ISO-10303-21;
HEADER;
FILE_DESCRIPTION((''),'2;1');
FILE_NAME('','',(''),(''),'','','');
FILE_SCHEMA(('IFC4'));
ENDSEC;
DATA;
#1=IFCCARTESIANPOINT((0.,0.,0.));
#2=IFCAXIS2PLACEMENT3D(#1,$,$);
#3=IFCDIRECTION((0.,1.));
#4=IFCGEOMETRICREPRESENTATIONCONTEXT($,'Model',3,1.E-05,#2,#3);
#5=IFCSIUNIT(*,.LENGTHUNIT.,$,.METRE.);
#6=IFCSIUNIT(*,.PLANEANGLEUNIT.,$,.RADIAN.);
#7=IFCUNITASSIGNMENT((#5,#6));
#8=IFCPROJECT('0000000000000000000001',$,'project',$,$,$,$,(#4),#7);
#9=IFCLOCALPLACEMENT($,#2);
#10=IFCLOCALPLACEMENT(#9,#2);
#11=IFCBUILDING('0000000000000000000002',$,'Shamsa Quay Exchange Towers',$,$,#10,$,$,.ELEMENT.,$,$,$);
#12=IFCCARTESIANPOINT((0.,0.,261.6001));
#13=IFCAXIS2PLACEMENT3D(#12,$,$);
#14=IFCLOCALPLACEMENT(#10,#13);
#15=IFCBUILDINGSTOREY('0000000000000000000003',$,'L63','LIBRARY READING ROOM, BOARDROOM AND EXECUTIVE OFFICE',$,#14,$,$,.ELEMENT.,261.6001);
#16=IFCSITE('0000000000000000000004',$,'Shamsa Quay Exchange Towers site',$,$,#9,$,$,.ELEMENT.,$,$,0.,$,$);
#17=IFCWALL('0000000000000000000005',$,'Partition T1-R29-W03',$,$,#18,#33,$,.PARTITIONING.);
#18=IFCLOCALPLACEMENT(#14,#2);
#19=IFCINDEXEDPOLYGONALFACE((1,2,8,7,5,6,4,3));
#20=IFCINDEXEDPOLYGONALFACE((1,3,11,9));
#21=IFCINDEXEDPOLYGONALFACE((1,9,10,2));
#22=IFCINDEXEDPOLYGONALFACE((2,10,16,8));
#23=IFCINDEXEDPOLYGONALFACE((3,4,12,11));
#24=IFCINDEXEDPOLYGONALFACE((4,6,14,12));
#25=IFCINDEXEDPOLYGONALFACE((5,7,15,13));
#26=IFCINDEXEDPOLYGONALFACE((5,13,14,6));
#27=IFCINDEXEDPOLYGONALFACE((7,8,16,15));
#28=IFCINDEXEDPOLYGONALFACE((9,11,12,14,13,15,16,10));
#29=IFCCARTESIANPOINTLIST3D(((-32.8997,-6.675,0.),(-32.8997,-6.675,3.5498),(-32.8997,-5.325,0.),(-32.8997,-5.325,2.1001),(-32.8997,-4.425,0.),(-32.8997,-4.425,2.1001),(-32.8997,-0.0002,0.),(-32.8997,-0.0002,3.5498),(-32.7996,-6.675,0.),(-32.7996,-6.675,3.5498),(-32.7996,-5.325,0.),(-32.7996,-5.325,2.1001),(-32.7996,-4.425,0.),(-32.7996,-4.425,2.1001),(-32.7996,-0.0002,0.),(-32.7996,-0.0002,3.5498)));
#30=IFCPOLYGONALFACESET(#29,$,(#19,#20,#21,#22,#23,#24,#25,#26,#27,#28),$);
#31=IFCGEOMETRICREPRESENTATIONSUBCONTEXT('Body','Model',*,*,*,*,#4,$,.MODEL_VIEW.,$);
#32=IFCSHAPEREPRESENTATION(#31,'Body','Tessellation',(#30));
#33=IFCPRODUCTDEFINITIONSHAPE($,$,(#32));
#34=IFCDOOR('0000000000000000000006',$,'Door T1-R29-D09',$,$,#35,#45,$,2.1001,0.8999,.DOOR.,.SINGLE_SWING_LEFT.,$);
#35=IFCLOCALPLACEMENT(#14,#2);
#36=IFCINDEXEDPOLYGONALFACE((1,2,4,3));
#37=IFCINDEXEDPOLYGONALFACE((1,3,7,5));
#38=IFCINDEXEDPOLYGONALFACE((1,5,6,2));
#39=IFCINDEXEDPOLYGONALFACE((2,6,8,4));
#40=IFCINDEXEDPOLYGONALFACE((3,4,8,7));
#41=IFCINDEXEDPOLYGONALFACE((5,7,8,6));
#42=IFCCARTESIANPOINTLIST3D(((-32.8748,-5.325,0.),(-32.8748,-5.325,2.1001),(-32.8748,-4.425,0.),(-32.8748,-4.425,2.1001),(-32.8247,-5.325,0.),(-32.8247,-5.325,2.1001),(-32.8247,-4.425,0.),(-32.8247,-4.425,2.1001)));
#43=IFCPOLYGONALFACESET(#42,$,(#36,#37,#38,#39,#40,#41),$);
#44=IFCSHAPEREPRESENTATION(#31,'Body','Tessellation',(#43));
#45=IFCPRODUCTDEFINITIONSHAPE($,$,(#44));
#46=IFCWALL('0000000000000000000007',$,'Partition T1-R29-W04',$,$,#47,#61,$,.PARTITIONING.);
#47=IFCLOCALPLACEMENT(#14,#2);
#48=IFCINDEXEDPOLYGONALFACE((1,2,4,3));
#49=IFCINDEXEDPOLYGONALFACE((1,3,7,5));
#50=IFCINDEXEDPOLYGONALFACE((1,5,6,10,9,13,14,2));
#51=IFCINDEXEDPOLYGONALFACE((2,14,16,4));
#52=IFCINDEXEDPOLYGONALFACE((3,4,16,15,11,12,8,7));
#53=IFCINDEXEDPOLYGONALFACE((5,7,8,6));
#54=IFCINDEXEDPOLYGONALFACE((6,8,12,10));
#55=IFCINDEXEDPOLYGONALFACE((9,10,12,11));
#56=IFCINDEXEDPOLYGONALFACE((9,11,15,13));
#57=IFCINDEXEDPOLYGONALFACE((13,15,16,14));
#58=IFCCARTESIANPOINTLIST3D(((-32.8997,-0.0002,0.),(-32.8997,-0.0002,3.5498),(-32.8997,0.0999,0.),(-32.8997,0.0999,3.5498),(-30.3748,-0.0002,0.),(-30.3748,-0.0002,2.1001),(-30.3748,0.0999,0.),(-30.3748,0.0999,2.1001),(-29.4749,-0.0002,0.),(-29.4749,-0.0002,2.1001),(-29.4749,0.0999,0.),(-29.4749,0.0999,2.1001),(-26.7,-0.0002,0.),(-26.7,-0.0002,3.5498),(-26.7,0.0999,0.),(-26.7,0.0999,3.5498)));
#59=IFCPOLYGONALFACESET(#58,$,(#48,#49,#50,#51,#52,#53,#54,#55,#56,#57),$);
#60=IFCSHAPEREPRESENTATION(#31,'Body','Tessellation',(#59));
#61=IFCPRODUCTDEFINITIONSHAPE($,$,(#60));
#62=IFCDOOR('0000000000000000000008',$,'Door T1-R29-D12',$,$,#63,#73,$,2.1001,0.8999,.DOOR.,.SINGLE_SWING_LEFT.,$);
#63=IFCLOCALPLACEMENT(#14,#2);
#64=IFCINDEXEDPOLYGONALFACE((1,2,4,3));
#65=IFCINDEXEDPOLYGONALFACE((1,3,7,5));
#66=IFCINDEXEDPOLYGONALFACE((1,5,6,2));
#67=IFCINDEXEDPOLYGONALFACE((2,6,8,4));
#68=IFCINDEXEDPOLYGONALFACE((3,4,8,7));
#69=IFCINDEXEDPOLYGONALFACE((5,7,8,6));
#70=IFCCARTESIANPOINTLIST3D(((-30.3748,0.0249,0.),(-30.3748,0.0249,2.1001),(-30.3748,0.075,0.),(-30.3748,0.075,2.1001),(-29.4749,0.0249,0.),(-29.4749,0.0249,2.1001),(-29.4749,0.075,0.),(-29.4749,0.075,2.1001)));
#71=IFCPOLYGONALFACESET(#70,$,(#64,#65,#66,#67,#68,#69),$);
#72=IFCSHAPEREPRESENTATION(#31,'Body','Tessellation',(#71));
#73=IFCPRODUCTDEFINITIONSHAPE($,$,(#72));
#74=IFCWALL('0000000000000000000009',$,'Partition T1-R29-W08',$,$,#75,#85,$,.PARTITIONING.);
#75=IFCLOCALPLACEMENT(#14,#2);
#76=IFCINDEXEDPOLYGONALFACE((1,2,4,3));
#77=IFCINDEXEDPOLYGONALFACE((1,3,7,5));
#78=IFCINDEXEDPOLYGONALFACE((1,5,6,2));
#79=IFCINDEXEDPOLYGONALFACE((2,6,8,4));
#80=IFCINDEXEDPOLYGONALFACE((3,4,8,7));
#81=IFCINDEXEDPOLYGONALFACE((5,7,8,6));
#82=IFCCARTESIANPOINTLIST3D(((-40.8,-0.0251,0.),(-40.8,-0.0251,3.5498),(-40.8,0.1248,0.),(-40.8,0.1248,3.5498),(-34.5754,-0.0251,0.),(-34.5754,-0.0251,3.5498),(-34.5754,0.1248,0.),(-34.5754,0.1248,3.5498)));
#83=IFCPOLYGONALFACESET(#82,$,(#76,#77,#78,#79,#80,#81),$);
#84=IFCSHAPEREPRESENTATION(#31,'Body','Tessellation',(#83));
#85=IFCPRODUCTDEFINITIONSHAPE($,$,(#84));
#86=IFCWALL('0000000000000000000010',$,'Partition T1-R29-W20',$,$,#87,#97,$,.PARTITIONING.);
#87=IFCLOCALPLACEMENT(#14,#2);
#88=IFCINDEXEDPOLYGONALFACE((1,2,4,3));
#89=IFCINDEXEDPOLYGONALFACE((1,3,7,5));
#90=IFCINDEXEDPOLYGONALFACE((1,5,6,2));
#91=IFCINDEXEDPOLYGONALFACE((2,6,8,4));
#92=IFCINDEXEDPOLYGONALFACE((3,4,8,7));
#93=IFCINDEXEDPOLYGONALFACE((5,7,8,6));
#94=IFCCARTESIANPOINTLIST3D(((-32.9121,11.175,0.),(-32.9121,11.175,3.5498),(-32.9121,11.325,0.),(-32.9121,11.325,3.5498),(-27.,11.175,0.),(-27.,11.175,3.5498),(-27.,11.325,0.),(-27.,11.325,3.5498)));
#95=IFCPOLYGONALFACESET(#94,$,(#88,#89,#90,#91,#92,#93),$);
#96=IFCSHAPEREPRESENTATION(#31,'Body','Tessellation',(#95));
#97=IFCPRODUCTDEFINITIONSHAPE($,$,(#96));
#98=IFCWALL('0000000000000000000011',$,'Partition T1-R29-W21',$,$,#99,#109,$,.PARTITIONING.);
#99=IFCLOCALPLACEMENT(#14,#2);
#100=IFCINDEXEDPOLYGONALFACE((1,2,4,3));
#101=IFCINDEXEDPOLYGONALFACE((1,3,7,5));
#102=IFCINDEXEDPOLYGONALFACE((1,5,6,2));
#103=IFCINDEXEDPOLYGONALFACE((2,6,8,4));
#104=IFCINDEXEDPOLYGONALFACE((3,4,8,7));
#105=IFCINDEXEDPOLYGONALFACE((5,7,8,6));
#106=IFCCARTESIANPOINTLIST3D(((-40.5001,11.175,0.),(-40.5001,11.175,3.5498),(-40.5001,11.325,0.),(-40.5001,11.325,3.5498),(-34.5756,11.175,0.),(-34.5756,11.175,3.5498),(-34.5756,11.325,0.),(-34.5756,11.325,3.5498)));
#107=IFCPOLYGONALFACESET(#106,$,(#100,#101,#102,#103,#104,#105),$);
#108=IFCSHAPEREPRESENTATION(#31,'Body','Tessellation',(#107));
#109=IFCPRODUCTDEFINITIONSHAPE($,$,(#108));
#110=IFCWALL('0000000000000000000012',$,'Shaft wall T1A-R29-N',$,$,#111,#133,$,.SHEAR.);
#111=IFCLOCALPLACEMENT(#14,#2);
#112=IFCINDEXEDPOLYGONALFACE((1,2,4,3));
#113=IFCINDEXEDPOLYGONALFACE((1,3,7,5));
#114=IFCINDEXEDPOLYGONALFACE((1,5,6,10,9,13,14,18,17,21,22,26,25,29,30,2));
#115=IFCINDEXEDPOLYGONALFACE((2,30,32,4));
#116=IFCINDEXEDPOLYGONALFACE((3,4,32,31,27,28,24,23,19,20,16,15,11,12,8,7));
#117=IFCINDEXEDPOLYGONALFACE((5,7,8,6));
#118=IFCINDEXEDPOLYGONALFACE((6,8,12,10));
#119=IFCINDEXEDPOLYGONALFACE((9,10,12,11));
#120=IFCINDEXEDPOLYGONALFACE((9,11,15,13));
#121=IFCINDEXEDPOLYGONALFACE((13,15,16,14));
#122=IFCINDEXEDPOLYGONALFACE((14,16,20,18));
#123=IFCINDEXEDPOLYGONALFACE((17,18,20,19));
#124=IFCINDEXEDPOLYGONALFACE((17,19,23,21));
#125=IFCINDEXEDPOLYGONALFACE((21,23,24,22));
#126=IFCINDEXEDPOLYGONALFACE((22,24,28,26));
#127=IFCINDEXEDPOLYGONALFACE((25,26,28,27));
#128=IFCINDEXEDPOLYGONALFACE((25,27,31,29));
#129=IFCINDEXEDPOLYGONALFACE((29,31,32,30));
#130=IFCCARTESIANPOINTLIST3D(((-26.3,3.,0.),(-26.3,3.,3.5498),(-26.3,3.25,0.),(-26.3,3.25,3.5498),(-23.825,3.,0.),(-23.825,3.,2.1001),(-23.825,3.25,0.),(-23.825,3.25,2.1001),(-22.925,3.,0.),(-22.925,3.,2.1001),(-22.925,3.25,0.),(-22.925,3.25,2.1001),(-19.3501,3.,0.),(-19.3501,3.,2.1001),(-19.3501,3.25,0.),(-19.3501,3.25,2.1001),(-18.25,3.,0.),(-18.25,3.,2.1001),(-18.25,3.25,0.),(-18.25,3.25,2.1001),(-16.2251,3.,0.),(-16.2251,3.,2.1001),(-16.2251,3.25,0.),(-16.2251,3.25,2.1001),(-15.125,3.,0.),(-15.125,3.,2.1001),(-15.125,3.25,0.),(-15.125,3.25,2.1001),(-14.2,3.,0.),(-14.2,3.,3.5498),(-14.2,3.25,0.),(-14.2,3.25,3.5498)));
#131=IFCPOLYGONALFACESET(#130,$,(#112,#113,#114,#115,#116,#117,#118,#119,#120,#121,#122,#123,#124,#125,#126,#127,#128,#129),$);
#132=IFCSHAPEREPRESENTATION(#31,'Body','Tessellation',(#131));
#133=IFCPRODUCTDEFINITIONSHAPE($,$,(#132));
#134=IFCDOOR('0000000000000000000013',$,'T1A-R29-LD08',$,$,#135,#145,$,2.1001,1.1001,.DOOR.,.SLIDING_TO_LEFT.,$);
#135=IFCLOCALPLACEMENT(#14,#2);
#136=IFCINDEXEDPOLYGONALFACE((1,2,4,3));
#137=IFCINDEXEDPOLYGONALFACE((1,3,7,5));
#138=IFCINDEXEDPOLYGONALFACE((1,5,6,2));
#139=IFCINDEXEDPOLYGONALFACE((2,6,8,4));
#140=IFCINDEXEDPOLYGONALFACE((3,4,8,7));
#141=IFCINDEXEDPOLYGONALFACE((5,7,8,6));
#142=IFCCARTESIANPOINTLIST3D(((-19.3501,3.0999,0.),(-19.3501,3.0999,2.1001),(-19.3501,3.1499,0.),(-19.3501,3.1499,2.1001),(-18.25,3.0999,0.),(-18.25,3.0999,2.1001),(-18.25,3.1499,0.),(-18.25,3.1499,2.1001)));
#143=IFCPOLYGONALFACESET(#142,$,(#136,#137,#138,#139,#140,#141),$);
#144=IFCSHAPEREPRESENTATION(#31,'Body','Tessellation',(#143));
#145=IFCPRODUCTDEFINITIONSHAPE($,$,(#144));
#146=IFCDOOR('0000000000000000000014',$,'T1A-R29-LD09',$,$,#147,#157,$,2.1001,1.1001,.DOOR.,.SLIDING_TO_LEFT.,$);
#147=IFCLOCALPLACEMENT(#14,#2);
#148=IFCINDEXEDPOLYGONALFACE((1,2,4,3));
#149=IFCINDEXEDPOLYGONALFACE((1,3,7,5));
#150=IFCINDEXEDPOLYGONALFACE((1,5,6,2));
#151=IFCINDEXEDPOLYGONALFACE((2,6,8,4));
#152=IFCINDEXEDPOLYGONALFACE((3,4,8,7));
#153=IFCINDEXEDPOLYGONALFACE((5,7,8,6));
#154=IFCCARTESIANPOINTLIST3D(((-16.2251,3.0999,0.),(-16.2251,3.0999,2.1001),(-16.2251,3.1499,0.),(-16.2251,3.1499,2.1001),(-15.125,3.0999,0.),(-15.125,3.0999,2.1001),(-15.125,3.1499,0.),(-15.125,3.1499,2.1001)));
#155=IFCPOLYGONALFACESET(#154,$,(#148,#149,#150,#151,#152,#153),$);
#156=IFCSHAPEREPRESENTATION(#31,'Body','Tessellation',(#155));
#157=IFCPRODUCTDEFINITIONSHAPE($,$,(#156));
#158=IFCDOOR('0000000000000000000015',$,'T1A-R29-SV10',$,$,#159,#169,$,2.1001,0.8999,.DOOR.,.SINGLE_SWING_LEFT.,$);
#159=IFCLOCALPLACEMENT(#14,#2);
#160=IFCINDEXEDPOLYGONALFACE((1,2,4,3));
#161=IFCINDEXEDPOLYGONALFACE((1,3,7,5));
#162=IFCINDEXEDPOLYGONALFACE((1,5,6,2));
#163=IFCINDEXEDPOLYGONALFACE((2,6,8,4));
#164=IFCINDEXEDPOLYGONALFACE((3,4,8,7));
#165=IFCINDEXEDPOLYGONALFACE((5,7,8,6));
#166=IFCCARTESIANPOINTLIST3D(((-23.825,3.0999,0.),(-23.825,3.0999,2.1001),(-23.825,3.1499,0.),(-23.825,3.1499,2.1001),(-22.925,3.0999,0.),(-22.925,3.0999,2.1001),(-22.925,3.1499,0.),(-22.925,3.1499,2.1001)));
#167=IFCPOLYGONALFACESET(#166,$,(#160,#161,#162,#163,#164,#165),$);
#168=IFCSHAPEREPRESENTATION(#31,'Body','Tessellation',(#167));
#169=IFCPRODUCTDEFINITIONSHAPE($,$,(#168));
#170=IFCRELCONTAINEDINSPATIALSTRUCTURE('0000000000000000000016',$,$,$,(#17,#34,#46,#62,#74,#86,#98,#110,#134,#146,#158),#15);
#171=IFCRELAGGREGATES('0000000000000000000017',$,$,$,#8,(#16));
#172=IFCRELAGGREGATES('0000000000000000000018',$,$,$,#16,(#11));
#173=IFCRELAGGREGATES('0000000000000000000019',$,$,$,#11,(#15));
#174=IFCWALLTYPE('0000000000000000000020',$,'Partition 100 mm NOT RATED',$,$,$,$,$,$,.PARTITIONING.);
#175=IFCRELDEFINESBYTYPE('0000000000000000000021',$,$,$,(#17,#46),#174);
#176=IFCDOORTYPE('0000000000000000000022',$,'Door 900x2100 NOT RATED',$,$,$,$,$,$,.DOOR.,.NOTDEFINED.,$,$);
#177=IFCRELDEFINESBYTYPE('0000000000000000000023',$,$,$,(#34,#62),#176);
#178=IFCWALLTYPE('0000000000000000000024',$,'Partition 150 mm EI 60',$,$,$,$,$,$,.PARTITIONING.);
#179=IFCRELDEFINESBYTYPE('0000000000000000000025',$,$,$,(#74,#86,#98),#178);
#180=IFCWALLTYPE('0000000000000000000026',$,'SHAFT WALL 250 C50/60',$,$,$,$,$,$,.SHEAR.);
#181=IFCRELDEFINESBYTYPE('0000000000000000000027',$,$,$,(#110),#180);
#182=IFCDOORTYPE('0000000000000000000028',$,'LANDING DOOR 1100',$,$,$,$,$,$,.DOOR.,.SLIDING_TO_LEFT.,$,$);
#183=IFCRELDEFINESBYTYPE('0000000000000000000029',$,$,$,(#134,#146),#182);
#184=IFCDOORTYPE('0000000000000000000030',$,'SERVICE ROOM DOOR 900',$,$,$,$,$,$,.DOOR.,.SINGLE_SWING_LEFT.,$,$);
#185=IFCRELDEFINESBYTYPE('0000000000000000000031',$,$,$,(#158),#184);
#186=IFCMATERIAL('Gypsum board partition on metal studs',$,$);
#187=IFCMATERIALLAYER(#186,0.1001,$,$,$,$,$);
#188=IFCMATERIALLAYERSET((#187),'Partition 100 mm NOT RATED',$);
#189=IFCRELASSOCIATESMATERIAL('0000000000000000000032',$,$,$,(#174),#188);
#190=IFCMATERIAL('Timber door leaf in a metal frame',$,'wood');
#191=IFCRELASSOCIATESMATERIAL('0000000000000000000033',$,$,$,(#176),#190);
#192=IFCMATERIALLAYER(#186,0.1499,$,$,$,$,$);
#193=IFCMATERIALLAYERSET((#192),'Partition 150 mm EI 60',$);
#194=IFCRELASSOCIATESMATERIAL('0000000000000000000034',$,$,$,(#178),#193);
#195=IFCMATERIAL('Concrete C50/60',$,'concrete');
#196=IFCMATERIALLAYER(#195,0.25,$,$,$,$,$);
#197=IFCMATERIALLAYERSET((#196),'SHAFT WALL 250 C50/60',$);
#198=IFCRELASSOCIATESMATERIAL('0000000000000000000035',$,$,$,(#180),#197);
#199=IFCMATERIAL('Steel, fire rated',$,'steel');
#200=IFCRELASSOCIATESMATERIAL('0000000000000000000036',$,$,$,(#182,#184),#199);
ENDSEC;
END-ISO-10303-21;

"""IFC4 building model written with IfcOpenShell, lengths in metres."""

from ifc_helpers import new_model, si_unit, direction, frame, frame_2d, origin, place, context, subcontext, project, spatial, rectangle, extrude, material, layer, layer_set, type_object, element, fill, save


model = new_model("IFC4")

# Units and contexts
model_context = context("Model", 3, precision=1e-05, world=origin(), true_north=direction((0.0, 1.0)))
body_context = subcontext(model_context, "Body", "Model", "MODEL_VIEW")
ifc_project = project(units=[si_unit("LENGTHUNIT", "METRE"), si_unit("PLANEANGLEUNIT", "RADIAN")], contexts=[model_context])

# Site, building, storey
site_placement = place(None, origin())
site = spatial("IfcSite", under=ifc_project, at=site_placement, Name="Shamsa Quay Exchange Towers site", CompositionType="ELEMENT", RefElevation=0.0)
building_placement = place(site_placement, origin())
building = spatial("IfcBuilding", under=site, at=building_placement, Name="Shamsa Quay Exchange Towers", CompositionType="ELEMENT")
storey_placement = place(building_placement, frame((0.0, 0.0, 261.6001)))
storey = spatial("IfcBuildingStorey", under=building, at=storey_placement, Name="L63", Description="LIBRARY READING ROOM, BOARDROOM AND EXECUTIVE OFFICE", CompositionType="ELEMENT", Elevation=261.6001)

# Shared definitions
ifc_material_1 = material(Name="Steel, fire rated", Category="steel")
ifc_material_2 = material(Name="Timber door leaf in a metal frame", Category="wood")

# Walls, openings, doors
ifc_material_3 = material(Name="Gypsum board partition on metal studs")
ifc_layer_1 = layer(ifc_material_3, 0.1001)
ifc_layer_set_1 = layer_set([ifc_layer_1], Name="Partition 100 mm NOT RATED")
wall_type_1 = type_object("IfcWallType", Name="Partition 100 mm NOT RATED", PredefinedType="PARTITIONING", material=ifc_layer_set_1)
wall_1_placement = place(storey_placement, frame((-32.8496, -0.0002, 0.0), z_axis=(0.0, 0.0, 1.0), x_axis=(0.0, -1.0, 0.0)))
wall_1 = element("IfcWall", 1, at=wall_1_placement, inside=storey, type_object=wall_type_1, Name="Partition T1-R29-W03", PredefinedType="PARTITIONING", context=body_context, shape_type="SweptSolid", body=[
    extrude(rectangle(XDim=6.6748, YDim=0.1001, at=frame_2d((3.3374, 0.0))), origin(), (0.0, 0.0, 1.0), 3.5498),
])
opening_1_placement = place(wall_1_placement, frame((4.4248, 0.0, 0.0)))
opening_1 = element("IfcOpeningElement", 2, at=opening_1_placement, cuts=wall_1, PredefinedType="OPENING", context=body_context, shape_type="SweptSolid", body=[
    extrude(rectangle(XDim=0.8999, YDim=2.1001, at=frame_2d((0.45, 1.05))), frame((0.0, 0.0601, 0.0), z_axis=(0.0, -1.0, 0.0), x_axis=(1.0, 0.0, 0.0)), (0.0, 0.0, 1.0), 0.1201),
])
door_type_1 = type_object("IfcDoorType", Name="Door 900x2100 NOT RATED", OperationType="NOTDEFINED", PredefinedType="DOOR", material=ifc_material_2)
door_1_placement = place(opening_1_placement, origin())
door_1 = element("IfcDoor", 3, at=door_1_placement, inside=storey, type_object=door_type_1, Name="Door T1-R29-D09", OperationType="SINGLE_SWING_LEFT", OverallHeight=2.1001, OverallWidth=0.8999, PredefinedType="DOOR", context=body_context, shape_type="SweptSolid", body=[
    extrude(rectangle(XDim=0.8999, YDim=2.1001, at=frame_2d((0.45, 1.05))), frame((0.0, 0.0249, 0.0), z_axis=(0.0, -1.0, 0.0), x_axis=(1.0, 0.0, 0.0)), (0.0, 0.0, 1.0), 0.05),
])
fill(opening_1, door_1)
wall_2_placement = place(storey_placement, frame((-26.7, 0.0498, 0.0), z_axis=(0.0, 0.0, 1.0), x_axis=(-1.0, 0.0, 0.0)))
wall_2 = element("IfcWall", 4, at=wall_2_placement, inside=storey, type_object=wall_type_1, Name="Partition T1-R29-W04", PredefinedType="PARTITIONING", context=body_context, shape_type="SweptSolid", body=[
    extrude(rectangle(XDim=6.1997, YDim=0.1001, at=frame_2d((3.0999, 0.0))), origin(), (0.0, 0.0, 1.0), 3.5498),
])
opening_2_placement = place(wall_2_placement, frame((2.7749, 0.0, 0.0)))
opening_2 = element("IfcOpeningElement", 5, at=opening_2_placement, cuts=wall_2, PredefinedType="OPENING", context=body_context, shape_type="SweptSolid", body=[
    extrude(rectangle(XDim=0.8999, YDim=2.1001, at=frame_2d((0.45, 1.05))), frame((0.0, 0.0601, 0.0), z_axis=(0.0, -1.0, 0.0), x_axis=(1.0, 0.0, 0.0)), (0.0, 0.0, 1.0), 0.1201),
])
door_2_placement = place(opening_2_placement, origin())
door_2 = element("IfcDoor", 6, at=door_2_placement, inside=storey, type_object=door_type_1, Name="Door T1-R29-D12", OperationType="SINGLE_SWING_LEFT", OverallHeight=2.1001, OverallWidth=0.8999, PredefinedType="DOOR", context=body_context, shape_type="SweptSolid", body=[
    extrude(rectangle(XDim=0.8999, YDim=2.1001, at=frame_2d((0.45, 1.05))), frame((0.0, 0.0249, 0.0), z_axis=(0.0, -1.0, 0.0), x_axis=(1.0, 0.0, 0.0)), (0.0, 0.0, 1.0), 0.05),
])
fill(opening_2, door_2)

# Walls
ifc_layer_2 = layer(ifc_material_3, 0.1499)
ifc_layer_set_2 = layer_set([ifc_layer_2], Name="Partition 150 mm EI 60")
wall_type_2 = type_object("IfcWallType", Name="Partition 150 mm EI 60", PredefinedType="PARTITIONING", material=ifc_layer_set_2)
wall_3_placement = place(storey_placement, frame((-34.5754, 0.0498, 0.0), z_axis=(0.0, 0.0, 1.0), x_axis=(-1.0, 0.0, 0.0)))
element("IfcWall", 7, at=wall_3_placement, inside=storey, type_object=wall_type_2, Name="Partition T1-R29-W08", PredefinedType="PARTITIONING", context=body_context, shape_type="SweptSolid", body=[
    extrude(rectangle(XDim=6.2246, YDim=0.1499, at=frame_2d((3.1123, 0.0))), origin(), (0.0, 0.0, 1.0), 3.5498),
])
wall_4_placement = place(storey_placement, frame((-27.0, 11.25, 0.0), z_axis=(0.0, 0.0, 1.0), x_axis=(-1.0, 0.0, 0.0)))
element("IfcWall", 8, at=wall_4_placement, inside=storey, type_object=wall_type_2, Name="Partition T1-R29-W20", PredefinedType="PARTITIONING", context=body_context, shape_type="SweptSolid", body=[
    extrude(rectangle(XDim=5.9121, YDim=0.1499, at=frame_2d((2.9561, 0.0))), origin(), (0.0, 0.0, 1.0), 3.5498),
])
wall_5_placement = place(storey_placement, frame((-34.5754, 11.25, 0.0), z_axis=(0.0, 0.0, 1.0), x_axis=(-1.0, 0.0, 0.0)))
element("IfcWall", 9, at=wall_5_placement, inside=storey, type_object=wall_type_2, Name="Partition T1-R29-W21", PredefinedType="PARTITIONING", context=body_context, shape_type="SweptSolid", body=[
    extrude(rectangle(XDim=5.9246, YDim=0.1499, at=frame_2d((2.9624, 0.0))), origin(), (0.0, 0.0, 1.0), 3.5498),
])

# Wall, openings, doors
ifc_material_4 = material(Name="Concrete C50/60", Category="concrete")
ifc_layer_3 = layer(ifc_material_4, 0.25)
ifc_layer_set_3 = layer_set([ifc_layer_3], Name="SHAFT WALL 250 C50/60")
wall_type_3 = type_object("IfcWallType", Name="SHAFT WALL 250 C50/60", PredefinedType="SHEAR", material=ifc_layer_set_3)
wall_6_placement = place(storey_placement, frame((-26.3, 3.125, 0.0)))
wall_6 = element("IfcWall", 10, at=wall_6_placement, inside=storey, type_object=wall_type_3, Name="Shaft wall T1A-R29-N", PredefinedType="SHEAR", context=body_context, shape_type="SweptSolid", body=[
    extrude(rectangle(XDim=12.1001, YDim=0.25, at=frame_2d((6.05, 0.0))), origin(), (0.0, 0.0, 1.0), 3.5498),
])
opening_3_placement = place(wall_6_placement, frame((6.95, 0.0, 0.0)))
opening_3 = element("IfcOpeningElement", 11, at=opening_3_placement, cuts=wall_6, PredefinedType="OPENING", context=body_context, shape_type="SweptSolid", body=[
    extrude(rectangle(XDim=1.1001, YDim=2.1001, at=frame_2d((0.55, 1.05))), frame((0.0, 0.135, 0.0), z_axis=(0.0, -1.0, 0.0), x_axis=(1.0, 0.0, 0.0)), (0.0, 0.0, 1.0), 0.27),
])
opening_4_placement = place(wall_6_placement, frame((10.075, 0.0, 0.0)))
opening_4 = element("IfcOpeningElement", 12, at=opening_4_placement, cuts=wall_6, PredefinedType="OPENING", context=body_context, shape_type="SweptSolid", body=[
    extrude(rectangle(XDim=1.1001, YDim=2.1001, at=frame_2d((0.55, 1.05))), frame((0.0, 0.135, 0.0), z_axis=(0.0, -1.0, 0.0), x_axis=(1.0, 0.0, 0.0)), (0.0, 0.0, 1.0), 0.27),
])
opening_5_placement = place(wall_6_placement, frame((2.4751, 0.0, 0.0)))
opening_5 = element("IfcOpeningElement", 13, at=opening_5_placement, cuts=wall_6, PredefinedType="OPENING", context=body_context, shape_type="SweptSolid", body=[
    extrude(rectangle(XDim=0.8999, YDim=2.1001, at=frame_2d((0.45, 1.05))), frame((0.0, 0.135, 0.0), z_axis=(0.0, -1.0, 0.0), x_axis=(1.0, 0.0, 0.0)), (0.0, 0.0, 1.0), 0.27),
])
door_type_2 = type_object("IfcDoorType", Name="LANDING DOOR 1100", OperationType="SLIDING_TO_LEFT", PredefinedType="DOOR", material=ifc_material_1)
door_3_placement = place(opening_3_placement, origin())
door_3 = element("IfcDoor", 14, at=door_3_placement, inside=storey, type_object=door_type_2, Name="T1A-R29-LD08", OperationType="SLIDING_TO_LEFT", OverallHeight=2.1001, OverallWidth=1.1001, PredefinedType="DOOR", context=body_context, shape_type="SweptSolid", body=[
    extrude(rectangle(XDim=1.1001, YDim=2.1001, at=frame_2d((0.55, 1.05))), frame((0.0, 0.0249, 0.0), z_axis=(0.0, -1.0, 0.0), x_axis=(1.0, 0.0, 0.0)), (0.0, 0.0, 1.0), 0.05),
])
fill(opening_3, door_3)
door_4_placement = place(opening_4_placement, origin())
door_4 = element("IfcDoor", 15, at=door_4_placement, inside=storey, type_object=door_type_2, Name="T1A-R29-LD09", OperationType="SLIDING_TO_LEFT", OverallHeight=2.1001, OverallWidth=1.1001, PredefinedType="DOOR", context=body_context, shape_type="SweptSolid", body=[
    extrude(rectangle(XDim=1.1001, YDim=2.1001, at=frame_2d((0.55, 1.05))), frame((0.0, 0.0249, 0.0), z_axis=(0.0, -1.0, 0.0), x_axis=(1.0, 0.0, 0.0)), (0.0, 0.0, 1.0), 0.05),
])
fill(opening_4, door_4)
door_type_3 = type_object("IfcDoorType", Name="SERVICE ROOM DOOR 900", OperationType="SINGLE_SWING_LEFT", PredefinedType="DOOR", material=ifc_material_1)
door_5_placement = place(opening_5_placement, origin())
door_5 = element("IfcDoor", 16, at=door_5_placement, inside=storey, type_object=door_type_3, Name="T1A-R29-SV10", OperationType="SINGLE_SWING_LEFT", OverallHeight=2.1001, OverallWidth=0.8999, PredefinedType="DOOR", context=body_context, shape_type="SweptSolid", body=[
    extrude(rectangle(XDim=0.8999, YDim=2.1001, at=frame_2d((0.45, 1.05))), frame((0.0, 0.0249, 0.0), z_axis=(0.0, -1.0, 0.0), x_axis=(1.0, 0.0, 0.0)), (0.0, 0.0, 1.0), 0.05),
])
fill(opening_5, door_5)

save(model, "model.ifc")
